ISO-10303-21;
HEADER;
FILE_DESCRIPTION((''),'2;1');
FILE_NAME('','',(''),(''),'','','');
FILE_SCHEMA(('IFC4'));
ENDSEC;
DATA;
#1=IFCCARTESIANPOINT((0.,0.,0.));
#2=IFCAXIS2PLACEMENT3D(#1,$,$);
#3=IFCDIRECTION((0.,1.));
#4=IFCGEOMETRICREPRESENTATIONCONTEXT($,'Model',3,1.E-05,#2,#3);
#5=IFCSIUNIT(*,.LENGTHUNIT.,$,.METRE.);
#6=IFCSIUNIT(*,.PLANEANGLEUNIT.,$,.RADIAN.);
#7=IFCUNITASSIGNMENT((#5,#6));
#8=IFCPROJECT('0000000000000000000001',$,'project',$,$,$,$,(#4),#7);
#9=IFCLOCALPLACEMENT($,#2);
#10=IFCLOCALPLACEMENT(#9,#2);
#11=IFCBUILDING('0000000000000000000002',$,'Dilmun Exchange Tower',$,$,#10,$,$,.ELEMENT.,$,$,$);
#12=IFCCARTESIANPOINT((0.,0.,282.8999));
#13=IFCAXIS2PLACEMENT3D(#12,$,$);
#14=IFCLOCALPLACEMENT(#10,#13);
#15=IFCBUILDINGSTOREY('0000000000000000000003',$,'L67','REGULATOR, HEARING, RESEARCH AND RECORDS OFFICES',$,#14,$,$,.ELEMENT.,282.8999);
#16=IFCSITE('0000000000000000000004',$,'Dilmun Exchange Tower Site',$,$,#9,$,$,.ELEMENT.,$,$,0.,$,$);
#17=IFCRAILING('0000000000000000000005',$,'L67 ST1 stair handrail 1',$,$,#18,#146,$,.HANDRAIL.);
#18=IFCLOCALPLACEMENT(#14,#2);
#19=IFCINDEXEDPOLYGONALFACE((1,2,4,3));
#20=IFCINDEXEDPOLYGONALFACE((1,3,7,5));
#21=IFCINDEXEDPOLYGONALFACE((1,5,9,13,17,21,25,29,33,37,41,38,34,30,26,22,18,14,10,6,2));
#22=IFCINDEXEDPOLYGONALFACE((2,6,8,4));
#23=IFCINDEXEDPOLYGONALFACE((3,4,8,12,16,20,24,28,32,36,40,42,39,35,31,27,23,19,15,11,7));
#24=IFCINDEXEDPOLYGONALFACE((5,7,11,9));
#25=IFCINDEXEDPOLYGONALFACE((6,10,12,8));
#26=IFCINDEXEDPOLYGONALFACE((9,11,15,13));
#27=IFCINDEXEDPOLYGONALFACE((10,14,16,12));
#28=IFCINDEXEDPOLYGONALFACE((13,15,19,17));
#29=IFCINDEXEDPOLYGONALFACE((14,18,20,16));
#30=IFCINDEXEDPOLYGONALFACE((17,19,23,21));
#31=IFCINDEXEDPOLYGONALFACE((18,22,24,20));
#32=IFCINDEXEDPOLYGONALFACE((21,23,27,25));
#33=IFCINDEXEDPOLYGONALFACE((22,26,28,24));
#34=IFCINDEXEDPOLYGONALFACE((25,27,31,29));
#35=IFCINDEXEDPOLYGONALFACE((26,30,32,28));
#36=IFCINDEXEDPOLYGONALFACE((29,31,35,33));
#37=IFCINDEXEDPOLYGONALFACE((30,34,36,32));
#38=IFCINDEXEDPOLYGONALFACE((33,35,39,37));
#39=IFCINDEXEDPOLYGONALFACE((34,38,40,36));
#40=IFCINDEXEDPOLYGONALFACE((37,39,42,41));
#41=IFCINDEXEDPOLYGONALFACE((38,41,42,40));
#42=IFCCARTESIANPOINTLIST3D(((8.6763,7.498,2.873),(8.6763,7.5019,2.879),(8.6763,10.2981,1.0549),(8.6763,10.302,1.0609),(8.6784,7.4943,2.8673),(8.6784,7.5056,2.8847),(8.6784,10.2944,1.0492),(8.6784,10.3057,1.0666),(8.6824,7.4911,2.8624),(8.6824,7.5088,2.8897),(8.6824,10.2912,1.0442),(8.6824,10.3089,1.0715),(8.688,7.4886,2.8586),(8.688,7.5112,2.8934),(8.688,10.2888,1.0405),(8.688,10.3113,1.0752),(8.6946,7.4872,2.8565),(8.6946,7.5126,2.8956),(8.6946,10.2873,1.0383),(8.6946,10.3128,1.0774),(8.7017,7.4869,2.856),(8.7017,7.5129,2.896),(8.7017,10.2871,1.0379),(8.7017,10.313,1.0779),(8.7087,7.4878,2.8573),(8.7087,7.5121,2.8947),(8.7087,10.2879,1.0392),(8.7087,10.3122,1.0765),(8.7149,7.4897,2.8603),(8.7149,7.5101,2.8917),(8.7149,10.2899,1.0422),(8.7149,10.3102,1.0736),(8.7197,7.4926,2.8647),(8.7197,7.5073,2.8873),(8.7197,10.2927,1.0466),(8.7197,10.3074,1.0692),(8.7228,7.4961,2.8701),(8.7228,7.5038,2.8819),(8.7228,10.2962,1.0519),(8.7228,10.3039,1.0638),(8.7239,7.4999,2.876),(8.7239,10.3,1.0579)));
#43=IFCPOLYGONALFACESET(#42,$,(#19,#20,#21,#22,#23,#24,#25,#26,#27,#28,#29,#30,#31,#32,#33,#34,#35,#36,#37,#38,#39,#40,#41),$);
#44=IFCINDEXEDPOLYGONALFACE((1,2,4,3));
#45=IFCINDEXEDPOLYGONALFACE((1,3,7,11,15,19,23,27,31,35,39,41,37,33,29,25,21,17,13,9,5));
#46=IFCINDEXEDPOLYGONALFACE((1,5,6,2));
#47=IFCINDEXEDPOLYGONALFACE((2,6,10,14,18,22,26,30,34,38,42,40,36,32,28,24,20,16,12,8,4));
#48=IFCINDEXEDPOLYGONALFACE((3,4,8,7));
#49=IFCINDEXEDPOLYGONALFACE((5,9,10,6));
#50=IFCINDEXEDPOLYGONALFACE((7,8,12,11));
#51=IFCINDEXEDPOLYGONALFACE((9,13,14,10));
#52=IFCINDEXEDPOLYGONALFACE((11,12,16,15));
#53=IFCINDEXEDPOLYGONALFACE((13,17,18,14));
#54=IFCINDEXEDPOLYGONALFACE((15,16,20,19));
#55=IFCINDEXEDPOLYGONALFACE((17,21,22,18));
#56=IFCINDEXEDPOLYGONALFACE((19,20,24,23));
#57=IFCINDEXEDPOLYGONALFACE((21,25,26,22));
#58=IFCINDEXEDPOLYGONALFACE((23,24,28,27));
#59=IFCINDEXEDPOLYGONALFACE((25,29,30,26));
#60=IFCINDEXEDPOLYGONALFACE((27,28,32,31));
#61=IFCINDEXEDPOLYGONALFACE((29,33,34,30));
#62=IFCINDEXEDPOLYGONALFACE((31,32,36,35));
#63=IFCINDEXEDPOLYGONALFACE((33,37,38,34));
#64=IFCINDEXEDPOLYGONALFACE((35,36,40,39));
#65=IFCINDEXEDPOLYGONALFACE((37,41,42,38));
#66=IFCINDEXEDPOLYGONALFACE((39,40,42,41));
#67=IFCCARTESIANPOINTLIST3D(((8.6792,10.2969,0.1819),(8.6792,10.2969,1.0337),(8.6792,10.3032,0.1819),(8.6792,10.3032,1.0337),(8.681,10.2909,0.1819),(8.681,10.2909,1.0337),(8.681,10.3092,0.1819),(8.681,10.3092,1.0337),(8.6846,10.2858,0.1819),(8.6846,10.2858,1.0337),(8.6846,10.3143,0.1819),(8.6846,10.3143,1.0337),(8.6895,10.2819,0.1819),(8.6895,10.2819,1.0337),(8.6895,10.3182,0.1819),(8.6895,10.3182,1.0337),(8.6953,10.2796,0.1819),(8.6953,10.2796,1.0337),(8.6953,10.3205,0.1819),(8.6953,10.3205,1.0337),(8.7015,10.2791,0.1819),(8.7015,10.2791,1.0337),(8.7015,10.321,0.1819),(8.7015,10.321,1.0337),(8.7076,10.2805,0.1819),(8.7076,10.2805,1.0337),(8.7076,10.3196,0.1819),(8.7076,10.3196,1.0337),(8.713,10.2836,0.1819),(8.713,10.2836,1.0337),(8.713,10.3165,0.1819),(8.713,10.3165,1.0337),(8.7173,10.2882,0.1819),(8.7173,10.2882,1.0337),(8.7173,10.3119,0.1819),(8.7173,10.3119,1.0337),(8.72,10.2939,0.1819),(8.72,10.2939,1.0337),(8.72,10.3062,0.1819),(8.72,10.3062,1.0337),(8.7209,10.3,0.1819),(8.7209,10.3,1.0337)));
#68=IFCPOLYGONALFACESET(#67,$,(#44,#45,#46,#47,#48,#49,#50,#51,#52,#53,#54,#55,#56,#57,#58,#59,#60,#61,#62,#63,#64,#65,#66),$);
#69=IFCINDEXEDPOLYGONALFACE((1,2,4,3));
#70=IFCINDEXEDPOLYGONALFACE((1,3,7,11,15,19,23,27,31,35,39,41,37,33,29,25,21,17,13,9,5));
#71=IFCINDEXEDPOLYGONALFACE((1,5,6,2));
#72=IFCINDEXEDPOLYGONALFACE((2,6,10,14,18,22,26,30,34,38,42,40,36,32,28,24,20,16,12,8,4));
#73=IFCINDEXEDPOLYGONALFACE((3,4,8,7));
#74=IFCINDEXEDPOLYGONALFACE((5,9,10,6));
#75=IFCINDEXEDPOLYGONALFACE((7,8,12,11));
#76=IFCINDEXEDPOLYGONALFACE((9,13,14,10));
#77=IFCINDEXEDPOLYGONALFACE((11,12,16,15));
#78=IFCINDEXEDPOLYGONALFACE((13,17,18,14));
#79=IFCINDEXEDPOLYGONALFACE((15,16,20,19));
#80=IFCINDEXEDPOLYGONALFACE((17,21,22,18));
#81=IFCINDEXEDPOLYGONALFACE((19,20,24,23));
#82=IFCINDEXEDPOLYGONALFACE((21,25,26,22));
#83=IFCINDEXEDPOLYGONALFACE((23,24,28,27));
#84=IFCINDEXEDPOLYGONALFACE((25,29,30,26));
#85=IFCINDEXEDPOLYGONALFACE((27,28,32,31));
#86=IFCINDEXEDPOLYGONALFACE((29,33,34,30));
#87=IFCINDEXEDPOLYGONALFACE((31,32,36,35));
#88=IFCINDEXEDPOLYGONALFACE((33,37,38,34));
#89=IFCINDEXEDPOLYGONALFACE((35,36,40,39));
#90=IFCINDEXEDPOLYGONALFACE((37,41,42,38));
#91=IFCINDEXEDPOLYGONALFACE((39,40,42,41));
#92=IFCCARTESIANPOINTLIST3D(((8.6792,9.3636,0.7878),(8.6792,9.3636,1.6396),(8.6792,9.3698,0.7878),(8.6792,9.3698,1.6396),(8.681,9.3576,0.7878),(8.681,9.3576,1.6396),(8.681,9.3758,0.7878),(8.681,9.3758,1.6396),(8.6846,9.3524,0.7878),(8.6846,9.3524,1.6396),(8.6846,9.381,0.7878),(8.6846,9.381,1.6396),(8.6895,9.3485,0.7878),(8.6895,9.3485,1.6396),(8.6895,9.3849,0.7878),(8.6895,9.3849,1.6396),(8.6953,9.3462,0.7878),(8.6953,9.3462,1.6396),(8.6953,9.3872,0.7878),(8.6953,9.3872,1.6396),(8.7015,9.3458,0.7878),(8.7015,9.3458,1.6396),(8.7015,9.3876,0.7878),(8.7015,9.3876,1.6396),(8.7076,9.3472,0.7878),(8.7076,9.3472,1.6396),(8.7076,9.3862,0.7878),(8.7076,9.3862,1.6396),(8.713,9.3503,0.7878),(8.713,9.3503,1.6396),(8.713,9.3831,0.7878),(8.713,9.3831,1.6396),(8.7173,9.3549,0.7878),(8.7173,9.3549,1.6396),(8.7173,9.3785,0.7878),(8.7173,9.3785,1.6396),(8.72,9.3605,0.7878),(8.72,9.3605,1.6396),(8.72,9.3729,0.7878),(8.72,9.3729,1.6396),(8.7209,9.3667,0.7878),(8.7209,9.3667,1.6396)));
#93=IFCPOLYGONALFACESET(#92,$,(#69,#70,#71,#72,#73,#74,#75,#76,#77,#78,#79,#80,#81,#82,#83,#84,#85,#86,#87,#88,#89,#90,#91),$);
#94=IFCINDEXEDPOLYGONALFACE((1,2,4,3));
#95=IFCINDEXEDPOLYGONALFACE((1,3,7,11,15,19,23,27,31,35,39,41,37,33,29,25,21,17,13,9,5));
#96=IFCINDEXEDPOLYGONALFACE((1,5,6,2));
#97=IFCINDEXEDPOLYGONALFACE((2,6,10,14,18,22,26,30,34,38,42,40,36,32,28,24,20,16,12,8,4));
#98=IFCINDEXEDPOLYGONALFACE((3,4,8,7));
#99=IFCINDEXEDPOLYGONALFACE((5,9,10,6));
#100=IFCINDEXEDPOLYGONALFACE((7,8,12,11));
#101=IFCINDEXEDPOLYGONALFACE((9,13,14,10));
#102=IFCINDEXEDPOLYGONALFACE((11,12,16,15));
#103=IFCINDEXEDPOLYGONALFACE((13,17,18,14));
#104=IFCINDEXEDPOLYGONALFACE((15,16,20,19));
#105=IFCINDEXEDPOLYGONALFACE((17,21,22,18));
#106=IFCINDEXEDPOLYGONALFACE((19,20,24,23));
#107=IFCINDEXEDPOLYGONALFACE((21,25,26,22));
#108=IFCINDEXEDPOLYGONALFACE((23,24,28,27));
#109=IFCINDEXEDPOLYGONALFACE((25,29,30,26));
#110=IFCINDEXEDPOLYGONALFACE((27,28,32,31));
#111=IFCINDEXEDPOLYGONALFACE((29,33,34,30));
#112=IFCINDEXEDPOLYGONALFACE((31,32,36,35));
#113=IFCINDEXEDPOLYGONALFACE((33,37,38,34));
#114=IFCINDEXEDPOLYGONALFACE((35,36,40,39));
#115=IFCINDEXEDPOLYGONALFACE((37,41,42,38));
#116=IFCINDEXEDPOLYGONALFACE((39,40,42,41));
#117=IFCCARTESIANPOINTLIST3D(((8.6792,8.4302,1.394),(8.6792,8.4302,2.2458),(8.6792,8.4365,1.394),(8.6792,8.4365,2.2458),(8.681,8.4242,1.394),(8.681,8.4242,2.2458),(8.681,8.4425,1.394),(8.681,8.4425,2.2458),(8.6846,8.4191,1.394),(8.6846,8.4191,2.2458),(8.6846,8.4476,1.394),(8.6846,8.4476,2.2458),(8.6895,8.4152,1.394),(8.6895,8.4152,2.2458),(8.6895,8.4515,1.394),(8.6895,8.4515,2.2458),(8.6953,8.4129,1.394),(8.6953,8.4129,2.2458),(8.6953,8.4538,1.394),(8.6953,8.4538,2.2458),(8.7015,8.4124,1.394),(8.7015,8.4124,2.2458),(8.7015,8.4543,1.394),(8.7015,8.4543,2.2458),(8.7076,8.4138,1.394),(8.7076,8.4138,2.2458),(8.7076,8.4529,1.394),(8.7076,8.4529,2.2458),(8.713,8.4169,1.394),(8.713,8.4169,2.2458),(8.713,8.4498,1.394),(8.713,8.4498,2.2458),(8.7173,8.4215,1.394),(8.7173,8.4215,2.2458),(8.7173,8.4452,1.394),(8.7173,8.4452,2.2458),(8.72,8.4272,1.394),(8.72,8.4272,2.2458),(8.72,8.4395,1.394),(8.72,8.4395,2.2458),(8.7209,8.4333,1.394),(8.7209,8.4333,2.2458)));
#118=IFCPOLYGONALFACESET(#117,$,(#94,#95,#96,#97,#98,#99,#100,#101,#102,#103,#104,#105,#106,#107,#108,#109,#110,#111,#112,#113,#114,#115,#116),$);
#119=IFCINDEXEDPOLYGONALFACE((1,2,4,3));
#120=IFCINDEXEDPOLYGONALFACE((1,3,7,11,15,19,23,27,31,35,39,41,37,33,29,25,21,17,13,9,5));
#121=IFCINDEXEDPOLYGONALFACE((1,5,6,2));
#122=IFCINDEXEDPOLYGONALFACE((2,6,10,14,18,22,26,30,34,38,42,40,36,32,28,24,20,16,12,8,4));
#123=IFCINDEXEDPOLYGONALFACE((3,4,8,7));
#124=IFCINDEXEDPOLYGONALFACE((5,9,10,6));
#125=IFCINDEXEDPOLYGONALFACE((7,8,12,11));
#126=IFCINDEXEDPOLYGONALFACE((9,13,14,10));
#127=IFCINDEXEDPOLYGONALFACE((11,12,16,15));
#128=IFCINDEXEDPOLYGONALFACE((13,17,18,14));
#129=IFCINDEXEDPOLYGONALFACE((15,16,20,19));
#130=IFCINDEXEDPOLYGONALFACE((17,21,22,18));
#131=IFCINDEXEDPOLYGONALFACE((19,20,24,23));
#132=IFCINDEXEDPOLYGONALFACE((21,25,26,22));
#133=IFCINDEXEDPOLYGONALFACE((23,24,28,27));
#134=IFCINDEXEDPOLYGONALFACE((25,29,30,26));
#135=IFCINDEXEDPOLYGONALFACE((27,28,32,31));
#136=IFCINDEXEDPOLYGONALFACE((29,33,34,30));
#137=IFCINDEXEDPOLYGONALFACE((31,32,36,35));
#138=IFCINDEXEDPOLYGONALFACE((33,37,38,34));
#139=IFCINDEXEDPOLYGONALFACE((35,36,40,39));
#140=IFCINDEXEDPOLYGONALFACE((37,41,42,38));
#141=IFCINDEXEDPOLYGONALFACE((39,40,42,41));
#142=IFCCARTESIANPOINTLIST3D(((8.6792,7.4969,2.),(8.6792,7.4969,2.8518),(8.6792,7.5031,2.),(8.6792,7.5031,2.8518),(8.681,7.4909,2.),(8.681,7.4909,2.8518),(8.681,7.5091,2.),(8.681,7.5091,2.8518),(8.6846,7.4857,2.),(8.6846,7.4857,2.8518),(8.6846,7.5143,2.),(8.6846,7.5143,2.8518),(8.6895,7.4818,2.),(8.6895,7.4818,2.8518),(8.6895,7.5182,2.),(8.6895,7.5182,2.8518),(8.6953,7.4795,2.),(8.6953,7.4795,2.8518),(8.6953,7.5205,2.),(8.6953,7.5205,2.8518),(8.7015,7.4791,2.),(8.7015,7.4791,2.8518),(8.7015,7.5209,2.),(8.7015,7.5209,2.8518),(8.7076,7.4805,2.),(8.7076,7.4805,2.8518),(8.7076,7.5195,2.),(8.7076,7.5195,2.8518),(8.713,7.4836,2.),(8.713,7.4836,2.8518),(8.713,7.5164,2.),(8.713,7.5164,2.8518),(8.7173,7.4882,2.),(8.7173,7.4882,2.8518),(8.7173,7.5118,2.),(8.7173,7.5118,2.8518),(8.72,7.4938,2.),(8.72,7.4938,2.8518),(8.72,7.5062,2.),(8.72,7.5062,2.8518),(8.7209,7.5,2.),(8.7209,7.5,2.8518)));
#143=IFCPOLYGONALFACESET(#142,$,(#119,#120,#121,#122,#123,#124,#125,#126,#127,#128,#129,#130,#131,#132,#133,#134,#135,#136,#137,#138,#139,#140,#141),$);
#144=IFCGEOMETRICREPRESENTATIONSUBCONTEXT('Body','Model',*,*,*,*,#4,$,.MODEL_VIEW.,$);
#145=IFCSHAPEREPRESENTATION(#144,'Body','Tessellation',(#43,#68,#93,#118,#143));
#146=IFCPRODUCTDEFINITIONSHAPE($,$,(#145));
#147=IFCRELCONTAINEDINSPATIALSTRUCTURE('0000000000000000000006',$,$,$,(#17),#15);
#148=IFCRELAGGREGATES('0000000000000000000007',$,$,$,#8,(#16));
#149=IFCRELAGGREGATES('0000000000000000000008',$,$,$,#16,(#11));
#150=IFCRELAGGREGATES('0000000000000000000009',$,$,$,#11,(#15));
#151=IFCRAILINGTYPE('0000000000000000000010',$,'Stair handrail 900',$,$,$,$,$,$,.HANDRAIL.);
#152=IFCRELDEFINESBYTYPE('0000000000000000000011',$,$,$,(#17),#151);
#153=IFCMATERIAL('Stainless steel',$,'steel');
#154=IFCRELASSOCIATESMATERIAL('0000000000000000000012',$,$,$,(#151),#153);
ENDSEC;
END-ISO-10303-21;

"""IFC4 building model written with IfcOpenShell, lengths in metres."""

from ifc_helpers import new_model, si_unit, direction, frame, origin, origin_2d, place, context, subcontext, project, spatial, circle, extrude, material, type_object, element, save


model = new_model("IFC4")

# Units and contexts
model_context = context("Model", 3, precision=1e-05, world=origin(), true_north=direction((0.0, 1.0)))
body_context = subcontext(model_context, "Body", "Model", "MODEL_VIEW")
ifc_project = project(units=[si_unit("LENGTHUNIT", "METRE"), si_unit("PLANEANGLEUNIT", "RADIAN")], contexts=[model_context])

# Site, building, storey
site_placement = place(None, origin())
site = spatial("IfcSite", under=ifc_project, at=site_placement, Name="Dilmun Exchange Tower Site", CompositionType="ELEMENT", RefElevation=0.0)
building_placement = place(site_placement, origin())
building = spatial("IfcBuilding", under=site, at=building_placement, Name="Dilmun Exchange Tower", CompositionType="ELEMENT")
storey_placement = place(building_placement, frame((0.0, 0.0, 282.8999)))
storey = spatial("IfcBuildingStorey", under=building, at=storey_placement, Name="L67", Description="REGULATOR, HEARING, RESEARCH AND RECORDS OFFICES", CompositionType="ELEMENT", Elevation=282.8999)

# Railing
ifc_material_1 = material(Name="Stainless steel", Category="steel")
railing_type = type_object("IfcRailingType", Name="Stair handrail 900", PredefinedType="HANDRAIL", material=ifc_material_1)
railing_1_placement = place(storey_placement, frame((8.7, 10.3, 0.1819)))
element("IfcRailing", 1, at=railing_1_placement, inside=storey, type_object=railing_type, Name="L67 ST1 stair handrail 1", PredefinedType="HANDRAIL", context=body_context, shape_type="SweptSolid", body=[
    extrude(circle(Radius=0.0239, at=origin_2d()), frame((0.0, 0.0, 0.876), z_axis=(0.0, -0.838706, 0.544585), x_axis=(1.0, 0.0, 0.0)), (0.0, 0.0, 1.0), 3.3386),
    extrude(circle(Radius=0.021, at=origin_2d()), origin(), (0.0, 0.0, 1.0), 0.8518),
    extrude(circle(Radius=0.021, at=origin_2d()), frame((0.0, -0.9333, 0.606)), (0.0, 0.0, 1.0), 0.8518),
    extrude(circle(Radius=0.021, at=origin_2d()), frame((0.0, -1.8667, 1.2122)), (0.0, 0.0, 1.0), 0.8518),
    extrude(circle(Radius=0.021, at=origin_2d()), frame((0.0, -2.8, 1.8181)), (0.0, 0.0, 1.0), 0.8518),
])

save(model, "model.ifc")
